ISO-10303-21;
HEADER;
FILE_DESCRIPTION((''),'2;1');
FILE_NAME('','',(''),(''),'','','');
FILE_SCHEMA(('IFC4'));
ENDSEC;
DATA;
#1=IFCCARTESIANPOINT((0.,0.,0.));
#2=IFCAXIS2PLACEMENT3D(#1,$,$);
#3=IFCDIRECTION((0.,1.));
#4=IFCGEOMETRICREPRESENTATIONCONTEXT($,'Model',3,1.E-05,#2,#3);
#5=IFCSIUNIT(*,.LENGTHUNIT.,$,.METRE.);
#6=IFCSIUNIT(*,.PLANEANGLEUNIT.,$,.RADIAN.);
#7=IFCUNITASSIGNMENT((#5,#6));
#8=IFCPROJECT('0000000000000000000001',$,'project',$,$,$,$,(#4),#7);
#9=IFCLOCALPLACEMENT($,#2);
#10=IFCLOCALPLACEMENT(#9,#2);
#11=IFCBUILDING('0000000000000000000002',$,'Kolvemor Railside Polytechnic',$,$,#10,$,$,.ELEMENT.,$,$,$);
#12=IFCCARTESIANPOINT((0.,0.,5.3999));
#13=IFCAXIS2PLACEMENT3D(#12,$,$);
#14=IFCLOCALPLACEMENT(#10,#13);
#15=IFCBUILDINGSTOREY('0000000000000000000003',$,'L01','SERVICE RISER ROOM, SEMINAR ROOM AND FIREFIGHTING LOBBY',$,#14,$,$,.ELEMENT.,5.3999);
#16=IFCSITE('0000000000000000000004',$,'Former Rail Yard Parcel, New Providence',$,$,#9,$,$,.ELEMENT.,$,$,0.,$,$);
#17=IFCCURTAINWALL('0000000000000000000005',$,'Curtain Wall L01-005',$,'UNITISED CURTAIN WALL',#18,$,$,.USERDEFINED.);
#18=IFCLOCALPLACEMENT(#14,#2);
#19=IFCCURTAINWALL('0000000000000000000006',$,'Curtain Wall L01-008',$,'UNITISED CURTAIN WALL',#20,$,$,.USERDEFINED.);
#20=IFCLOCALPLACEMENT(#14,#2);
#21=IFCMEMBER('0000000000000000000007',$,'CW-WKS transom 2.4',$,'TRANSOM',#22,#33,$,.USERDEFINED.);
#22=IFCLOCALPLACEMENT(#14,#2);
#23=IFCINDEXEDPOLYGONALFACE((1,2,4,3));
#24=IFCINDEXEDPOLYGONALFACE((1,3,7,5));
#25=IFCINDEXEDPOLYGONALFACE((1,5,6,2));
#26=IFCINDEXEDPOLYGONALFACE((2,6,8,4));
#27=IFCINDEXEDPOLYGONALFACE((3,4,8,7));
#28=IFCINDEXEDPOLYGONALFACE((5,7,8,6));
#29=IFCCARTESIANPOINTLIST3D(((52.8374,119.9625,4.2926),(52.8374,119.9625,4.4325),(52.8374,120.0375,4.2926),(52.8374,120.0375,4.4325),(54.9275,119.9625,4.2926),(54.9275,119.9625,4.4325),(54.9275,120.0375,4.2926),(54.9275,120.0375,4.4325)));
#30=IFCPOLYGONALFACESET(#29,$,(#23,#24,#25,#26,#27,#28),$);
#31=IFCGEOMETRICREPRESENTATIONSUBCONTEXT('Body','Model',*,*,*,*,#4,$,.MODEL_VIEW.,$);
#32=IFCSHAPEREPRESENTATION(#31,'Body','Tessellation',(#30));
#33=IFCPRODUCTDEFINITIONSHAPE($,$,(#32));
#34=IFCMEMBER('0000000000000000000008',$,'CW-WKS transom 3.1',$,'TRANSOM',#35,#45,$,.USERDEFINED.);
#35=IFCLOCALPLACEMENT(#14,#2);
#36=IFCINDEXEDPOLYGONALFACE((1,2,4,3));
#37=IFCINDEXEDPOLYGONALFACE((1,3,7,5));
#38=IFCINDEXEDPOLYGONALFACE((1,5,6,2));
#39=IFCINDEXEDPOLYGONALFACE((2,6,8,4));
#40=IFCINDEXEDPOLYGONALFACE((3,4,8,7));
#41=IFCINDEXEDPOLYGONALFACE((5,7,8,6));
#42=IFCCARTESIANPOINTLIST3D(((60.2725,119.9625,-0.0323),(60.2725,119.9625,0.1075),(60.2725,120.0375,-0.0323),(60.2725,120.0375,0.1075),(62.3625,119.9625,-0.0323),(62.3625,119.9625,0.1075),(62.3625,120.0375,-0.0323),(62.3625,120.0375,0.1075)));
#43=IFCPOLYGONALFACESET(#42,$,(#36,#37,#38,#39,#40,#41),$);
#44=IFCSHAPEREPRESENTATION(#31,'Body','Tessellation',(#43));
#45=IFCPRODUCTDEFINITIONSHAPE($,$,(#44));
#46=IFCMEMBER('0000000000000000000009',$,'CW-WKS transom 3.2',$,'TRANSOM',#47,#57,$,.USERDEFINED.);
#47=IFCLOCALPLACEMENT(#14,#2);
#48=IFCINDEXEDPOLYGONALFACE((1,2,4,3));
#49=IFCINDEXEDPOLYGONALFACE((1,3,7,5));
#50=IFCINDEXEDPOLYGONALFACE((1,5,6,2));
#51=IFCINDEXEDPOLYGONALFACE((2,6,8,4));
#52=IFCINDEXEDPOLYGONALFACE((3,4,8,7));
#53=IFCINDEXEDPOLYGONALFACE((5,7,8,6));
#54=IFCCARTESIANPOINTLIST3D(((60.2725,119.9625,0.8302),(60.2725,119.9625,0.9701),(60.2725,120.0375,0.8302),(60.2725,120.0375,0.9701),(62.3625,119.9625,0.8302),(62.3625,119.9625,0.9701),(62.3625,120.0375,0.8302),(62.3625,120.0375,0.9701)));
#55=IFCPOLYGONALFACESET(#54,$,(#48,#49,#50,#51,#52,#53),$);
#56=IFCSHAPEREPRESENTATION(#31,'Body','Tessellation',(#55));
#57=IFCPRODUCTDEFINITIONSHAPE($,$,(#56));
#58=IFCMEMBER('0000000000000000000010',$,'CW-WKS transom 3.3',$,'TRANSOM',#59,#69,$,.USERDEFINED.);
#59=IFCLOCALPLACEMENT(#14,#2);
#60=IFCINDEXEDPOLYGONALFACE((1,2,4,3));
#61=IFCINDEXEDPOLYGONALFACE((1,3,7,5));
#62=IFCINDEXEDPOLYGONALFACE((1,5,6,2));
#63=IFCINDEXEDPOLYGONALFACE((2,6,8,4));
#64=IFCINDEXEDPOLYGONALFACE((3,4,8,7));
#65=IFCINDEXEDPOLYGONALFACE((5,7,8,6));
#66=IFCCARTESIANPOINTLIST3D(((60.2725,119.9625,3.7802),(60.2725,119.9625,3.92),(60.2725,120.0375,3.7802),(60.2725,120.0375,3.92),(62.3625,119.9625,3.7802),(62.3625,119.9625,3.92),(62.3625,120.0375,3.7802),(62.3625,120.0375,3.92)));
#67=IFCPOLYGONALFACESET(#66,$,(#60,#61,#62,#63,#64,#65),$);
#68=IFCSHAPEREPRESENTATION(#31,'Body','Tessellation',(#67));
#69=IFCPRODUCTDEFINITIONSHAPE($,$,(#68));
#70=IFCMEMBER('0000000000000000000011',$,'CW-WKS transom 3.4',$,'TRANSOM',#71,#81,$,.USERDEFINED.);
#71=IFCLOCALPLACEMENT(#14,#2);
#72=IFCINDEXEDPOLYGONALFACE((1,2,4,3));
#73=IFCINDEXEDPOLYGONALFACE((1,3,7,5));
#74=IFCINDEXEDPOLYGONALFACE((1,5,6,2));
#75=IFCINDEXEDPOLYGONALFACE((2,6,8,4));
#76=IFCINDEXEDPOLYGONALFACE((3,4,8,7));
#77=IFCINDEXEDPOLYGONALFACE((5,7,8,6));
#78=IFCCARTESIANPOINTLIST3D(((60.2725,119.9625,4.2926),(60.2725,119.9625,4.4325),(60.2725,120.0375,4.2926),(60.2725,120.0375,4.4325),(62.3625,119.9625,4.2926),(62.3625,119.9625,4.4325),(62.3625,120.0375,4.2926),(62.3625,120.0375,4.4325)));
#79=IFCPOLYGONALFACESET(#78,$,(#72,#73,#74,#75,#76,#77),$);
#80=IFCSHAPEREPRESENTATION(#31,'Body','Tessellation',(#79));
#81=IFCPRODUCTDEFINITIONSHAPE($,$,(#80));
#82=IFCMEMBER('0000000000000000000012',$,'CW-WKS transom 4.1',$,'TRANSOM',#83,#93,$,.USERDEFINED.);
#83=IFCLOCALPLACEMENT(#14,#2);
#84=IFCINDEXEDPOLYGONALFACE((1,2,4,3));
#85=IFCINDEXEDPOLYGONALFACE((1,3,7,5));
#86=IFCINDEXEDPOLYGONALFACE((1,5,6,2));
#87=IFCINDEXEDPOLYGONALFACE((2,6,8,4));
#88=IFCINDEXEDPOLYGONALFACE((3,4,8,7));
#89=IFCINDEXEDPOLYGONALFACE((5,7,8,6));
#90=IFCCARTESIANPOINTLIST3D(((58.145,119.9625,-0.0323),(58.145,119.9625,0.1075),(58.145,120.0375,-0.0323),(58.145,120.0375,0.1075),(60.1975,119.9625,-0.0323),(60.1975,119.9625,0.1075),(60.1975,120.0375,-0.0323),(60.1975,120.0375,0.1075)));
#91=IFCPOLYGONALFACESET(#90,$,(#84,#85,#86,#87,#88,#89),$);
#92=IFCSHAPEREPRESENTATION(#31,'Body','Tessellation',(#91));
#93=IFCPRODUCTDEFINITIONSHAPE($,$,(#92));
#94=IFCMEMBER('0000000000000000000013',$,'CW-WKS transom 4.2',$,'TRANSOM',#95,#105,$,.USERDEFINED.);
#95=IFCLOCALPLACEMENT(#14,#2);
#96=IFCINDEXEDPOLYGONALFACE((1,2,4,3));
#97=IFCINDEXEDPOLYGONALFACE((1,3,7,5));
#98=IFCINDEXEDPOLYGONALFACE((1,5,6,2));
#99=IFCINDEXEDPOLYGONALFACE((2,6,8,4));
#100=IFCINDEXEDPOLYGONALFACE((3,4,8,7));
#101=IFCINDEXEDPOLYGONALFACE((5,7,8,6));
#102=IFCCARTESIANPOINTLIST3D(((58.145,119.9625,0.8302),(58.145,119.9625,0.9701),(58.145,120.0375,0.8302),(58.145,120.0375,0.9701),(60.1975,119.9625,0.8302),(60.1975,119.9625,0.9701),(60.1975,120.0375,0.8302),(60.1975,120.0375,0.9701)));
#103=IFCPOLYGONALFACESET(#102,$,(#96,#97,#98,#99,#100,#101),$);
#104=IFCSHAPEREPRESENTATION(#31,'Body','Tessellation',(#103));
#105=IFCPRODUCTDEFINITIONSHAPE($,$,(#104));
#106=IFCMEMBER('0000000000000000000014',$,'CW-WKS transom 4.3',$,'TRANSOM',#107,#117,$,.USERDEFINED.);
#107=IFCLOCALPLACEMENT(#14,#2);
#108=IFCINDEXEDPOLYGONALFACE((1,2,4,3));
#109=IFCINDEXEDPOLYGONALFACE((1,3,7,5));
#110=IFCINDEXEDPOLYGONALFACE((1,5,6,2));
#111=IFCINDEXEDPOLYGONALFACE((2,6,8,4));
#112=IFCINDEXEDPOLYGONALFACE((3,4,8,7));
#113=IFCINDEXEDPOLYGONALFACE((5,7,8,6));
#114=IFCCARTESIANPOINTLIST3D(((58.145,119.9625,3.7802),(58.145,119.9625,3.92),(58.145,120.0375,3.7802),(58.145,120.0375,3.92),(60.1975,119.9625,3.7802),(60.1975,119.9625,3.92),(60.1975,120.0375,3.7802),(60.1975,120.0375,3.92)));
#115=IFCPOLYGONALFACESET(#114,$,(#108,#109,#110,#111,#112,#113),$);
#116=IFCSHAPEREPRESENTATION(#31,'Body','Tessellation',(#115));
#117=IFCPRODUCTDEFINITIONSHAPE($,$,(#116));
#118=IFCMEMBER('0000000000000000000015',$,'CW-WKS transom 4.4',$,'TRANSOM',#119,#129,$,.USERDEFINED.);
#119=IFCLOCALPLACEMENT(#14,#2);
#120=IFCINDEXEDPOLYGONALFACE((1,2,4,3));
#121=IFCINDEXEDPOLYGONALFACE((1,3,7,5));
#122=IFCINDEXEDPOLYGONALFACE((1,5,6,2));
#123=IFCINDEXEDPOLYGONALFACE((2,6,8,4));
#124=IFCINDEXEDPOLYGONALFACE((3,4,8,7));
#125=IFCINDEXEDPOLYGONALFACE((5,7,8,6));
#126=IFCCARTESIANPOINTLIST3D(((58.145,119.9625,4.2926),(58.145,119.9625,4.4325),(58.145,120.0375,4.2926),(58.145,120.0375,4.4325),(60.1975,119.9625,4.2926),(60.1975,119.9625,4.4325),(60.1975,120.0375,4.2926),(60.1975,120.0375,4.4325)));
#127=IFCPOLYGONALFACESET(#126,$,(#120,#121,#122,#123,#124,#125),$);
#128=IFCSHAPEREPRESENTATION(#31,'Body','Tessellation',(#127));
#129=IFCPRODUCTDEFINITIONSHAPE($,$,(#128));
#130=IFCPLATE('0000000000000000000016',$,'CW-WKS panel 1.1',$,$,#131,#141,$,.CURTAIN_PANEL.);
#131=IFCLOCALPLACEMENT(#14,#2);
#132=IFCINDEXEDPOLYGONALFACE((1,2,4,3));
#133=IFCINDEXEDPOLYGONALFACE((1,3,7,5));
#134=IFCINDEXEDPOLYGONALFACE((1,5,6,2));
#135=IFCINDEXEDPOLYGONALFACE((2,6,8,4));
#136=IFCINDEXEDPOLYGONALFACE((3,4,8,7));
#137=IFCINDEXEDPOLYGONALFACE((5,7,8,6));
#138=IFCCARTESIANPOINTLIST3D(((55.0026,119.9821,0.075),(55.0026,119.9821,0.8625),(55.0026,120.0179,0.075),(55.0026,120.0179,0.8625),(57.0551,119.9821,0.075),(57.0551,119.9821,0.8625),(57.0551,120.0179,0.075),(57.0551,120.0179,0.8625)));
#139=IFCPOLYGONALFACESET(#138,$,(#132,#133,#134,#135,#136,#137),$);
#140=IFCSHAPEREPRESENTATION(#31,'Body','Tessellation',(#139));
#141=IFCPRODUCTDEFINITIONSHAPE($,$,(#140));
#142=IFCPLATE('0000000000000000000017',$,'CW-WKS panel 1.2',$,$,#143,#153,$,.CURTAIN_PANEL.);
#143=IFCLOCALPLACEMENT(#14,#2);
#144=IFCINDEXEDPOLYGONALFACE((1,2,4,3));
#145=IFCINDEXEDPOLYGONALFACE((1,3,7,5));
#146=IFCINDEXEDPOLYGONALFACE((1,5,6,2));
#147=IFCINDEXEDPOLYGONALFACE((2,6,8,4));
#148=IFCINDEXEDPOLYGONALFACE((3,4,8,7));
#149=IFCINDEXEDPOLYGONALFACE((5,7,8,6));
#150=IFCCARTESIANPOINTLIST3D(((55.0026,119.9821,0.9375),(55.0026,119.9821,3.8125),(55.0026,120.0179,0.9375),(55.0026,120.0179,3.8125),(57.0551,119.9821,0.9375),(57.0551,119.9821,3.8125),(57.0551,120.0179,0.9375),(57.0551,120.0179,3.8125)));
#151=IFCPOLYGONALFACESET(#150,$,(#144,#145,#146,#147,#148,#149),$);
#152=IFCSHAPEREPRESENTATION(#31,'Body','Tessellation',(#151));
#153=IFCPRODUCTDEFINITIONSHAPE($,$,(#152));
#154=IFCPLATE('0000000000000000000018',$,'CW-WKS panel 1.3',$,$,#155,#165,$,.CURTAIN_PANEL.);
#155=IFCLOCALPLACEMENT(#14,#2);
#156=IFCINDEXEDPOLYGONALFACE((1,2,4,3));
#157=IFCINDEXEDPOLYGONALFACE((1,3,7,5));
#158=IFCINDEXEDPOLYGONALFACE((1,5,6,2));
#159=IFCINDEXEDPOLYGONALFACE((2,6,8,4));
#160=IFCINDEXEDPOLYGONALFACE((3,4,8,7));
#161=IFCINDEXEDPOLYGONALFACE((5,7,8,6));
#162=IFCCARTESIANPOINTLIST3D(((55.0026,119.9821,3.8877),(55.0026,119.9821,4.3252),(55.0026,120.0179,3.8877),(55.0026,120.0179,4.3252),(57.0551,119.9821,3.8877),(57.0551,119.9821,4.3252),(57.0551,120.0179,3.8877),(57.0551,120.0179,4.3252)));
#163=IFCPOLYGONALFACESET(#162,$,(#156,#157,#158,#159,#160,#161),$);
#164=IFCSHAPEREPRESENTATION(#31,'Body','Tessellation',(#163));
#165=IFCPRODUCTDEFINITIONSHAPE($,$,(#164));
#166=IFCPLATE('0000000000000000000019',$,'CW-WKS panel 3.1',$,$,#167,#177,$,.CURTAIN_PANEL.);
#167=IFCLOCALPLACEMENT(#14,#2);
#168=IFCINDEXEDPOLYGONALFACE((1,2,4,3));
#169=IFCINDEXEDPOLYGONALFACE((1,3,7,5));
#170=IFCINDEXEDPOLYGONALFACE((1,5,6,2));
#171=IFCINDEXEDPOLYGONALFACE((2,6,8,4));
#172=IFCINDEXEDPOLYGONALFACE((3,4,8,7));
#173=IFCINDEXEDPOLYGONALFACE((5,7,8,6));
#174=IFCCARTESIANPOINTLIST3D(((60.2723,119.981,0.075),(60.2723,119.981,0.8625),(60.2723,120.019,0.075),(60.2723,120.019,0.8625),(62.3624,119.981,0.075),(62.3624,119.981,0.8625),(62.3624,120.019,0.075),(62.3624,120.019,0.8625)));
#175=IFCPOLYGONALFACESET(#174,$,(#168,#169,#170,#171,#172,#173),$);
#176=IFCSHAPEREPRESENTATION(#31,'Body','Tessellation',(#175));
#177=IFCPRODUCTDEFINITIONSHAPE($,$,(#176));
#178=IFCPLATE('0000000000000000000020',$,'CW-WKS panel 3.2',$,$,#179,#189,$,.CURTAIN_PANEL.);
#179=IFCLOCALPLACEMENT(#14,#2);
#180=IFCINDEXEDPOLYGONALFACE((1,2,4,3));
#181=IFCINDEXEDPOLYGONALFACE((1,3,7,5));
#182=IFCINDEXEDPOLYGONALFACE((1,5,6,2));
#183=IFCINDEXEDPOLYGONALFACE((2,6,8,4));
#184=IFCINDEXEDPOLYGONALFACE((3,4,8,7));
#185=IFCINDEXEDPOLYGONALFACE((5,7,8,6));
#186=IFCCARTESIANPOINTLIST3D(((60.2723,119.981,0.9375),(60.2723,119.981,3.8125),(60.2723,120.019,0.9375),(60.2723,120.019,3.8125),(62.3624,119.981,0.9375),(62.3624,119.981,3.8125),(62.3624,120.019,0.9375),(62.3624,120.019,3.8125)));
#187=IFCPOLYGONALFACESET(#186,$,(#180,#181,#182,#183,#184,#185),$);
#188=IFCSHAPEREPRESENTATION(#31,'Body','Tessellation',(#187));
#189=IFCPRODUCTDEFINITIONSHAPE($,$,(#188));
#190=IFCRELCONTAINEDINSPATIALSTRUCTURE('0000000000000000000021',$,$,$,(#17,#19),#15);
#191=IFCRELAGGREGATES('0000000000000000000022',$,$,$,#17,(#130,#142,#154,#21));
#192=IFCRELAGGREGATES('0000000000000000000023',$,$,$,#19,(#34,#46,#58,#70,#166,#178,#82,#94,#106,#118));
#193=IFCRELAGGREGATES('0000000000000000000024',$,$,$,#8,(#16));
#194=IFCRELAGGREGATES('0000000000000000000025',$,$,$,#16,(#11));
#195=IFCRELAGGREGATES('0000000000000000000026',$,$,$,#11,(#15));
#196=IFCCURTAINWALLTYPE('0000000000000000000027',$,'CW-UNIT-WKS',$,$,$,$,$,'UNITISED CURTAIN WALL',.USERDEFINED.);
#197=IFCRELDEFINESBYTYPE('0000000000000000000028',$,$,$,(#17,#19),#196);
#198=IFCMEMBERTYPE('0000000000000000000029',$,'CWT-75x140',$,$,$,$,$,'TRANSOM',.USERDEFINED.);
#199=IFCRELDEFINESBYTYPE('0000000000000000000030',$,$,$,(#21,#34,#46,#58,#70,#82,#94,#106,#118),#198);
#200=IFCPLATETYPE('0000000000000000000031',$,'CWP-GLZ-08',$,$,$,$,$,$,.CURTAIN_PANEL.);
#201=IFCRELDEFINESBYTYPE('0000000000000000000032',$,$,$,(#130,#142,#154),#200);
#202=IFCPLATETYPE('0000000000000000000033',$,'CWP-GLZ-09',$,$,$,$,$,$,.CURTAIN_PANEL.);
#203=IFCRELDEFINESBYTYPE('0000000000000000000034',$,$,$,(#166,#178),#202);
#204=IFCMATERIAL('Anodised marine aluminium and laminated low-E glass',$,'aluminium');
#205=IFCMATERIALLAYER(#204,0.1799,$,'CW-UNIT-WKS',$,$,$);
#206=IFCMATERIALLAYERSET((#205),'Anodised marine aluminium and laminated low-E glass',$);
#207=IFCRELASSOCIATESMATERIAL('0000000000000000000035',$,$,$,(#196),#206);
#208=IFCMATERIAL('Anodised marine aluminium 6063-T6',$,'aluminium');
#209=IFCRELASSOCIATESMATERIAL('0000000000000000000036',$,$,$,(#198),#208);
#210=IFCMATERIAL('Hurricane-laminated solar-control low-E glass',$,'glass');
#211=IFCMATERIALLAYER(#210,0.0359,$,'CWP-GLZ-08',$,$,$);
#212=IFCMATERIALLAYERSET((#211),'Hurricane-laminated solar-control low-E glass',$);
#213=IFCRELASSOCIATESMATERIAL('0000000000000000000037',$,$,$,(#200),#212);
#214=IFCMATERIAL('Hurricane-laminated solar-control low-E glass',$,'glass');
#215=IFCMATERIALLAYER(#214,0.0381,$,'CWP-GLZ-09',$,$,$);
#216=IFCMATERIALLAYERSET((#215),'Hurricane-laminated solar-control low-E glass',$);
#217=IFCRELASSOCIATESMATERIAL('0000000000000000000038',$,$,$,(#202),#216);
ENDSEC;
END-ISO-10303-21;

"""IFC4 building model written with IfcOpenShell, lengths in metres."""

from ifc_helpers import new_model, si_unit, direction, frame, origin, origin_2d, place, context, subcontext, project, spatial, rectangle, extrude, material, layer, layer_set, material_profile, profile_set, type_object, element, aggregate, save


model = new_model("IFC4")

# Units and contexts
model_context = context("Model", 3, precision=1e-05, world=origin(), true_north=direction((0.0, 1.0)))
body_context = subcontext(model_context, "Body", "Model", "MODEL_VIEW")
ifc_project = project(units=[si_unit("LENGTHUNIT", "METRE"), si_unit("PLANEANGLEUNIT", "RADIAN")], contexts=[model_context])

# Site, building, storey
site_placement = place(None, origin())
site = spatial("IfcSite", under=ifc_project, at=site_placement, Name="Former Rail Yard Parcel, New Providence", CompositionType="ELEMENT", RefElevation=0.0)
building_placement = place(site_placement, origin())
building = spatial("IfcBuilding", under=site, at=building_placement, Name="Kolvemor Railside Polytechnic", CompositionType="ELEMENT")
storey_placement = place(building_placement, frame((0.0, 0.0, 5.3999)))
storey = spatial("IfcBuildingStorey", under=building, at=storey_placement, Name="L01", Description="SERVICE RISER ROOM, SEMINAR ROOM AND FIREFIGHTING LOBBY", CompositionType="ELEMENT", Elevation=5.3999)

# Curtain walls
ifc_material_1 = material(Name="Anodised marine aluminium and laminated low-E glass", Category="aluminium")
ifc_layer_1 = layer(ifc_material_1, 0.1799, Name="CW-UNIT-WKS")
ifc_layer_set_1 = layer_set([ifc_layer_1], Name="Anodised marine aluminium and laminated low-E glass")
curtain_wall_type = type_object("IfcCurtainWallType", Name="CW-UNIT-WKS", ElementType="UNITISED CURTAIN WALL", PredefinedType="USERDEFINED", material=ifc_layer_set_1)
curtain_wall_1_placement = place(storey_placement, origin())
curtain_wall_1 = element("IfcCurtainWall", 1, at=curtain_wall_1_placement, inside=storey, type_object=curtain_wall_type, Name="Curtain Wall L01-005", ObjectType="UNITISED CURTAIN WALL", PredefinedType="USERDEFINED")
curtain_wall_2_placement = place(storey_placement, origin())
curtain_wall_2 = element("IfcCurtainWall", 2, at=curtain_wall_2_placement, inside=storey, type_object=curtain_wall_type, Name="Curtain Wall L01-008", ObjectType="UNITISED CURTAIN WALL", PredefinedType="USERDEFINED")

# Members
ifc_material_2 = material(Name="Anodised marine aluminium 6063-T6", Category="aluminium")
ifc_material_profile_1 = material_profile(ifc_material_2, rectangle(XDim=0.075, YDim=0.1399, at=origin_2d()), Name="CW-TRN-75x140")
ifc_profile_set_1 = profile_set([ifc_material_profile_1], Name="Anodised marine aluminium 6063-T6")
member_type_1 = type_object("IfcMemberType", Name="CWT-75x140", ElementType="TRANSOM", PredefinedType="USERDEFINED", material=ifc_profile_set_1)
member_1_placement = place(storey_placement, frame((54.9275, 120.0, 4.3625), z_axis=(-1.0, 0.0, 0.0), x_axis=(0.0, -1.0, 0.0)))
member_1 = element("IfcMember", 3, at=member_1_placement, type_object=member_type_1, Name="CW-WKS transom 2.4", ObjectType="TRANSOM", PredefinedType="USERDEFINED", context=body_context, shape_type="SweptSolid", body=[
    extrude(rectangle(XDim=0.075, YDim=0.1399, at=origin_2d()), origin(), (0.0, 0.0, 1.0), 2.0901),
])
member_2_placement = place(storey_placement, frame((62.3625, 120.0, 0.0376), z_axis=(-1.0, 0.0, 0.0), x_axis=(0.0, -1.0, 0.0)))
member_2 = element("IfcMember", 4, at=member_2_placement, type_object=member_type_1, Name="CW-WKS transom 3.1", ObjectType="TRANSOM", PredefinedType="USERDEFINED", context=body_context, shape_type="SweptSolid", body=[
    extrude(rectangle(XDim=0.075, YDim=0.1399, at=origin_2d()), origin(), (0.0, 0.0, 1.0), 2.0901),
])
member_3_placement = place(storey_placement, frame((62.3625, 120.0, 0.9001), z_axis=(-1.0, 0.0, 0.0), x_axis=(0.0, -1.0, 0.0)))
member_3 = element("IfcMember", 5, at=member_3_placement, type_object=member_type_1, Name="CW-WKS transom 3.2", ObjectType="TRANSOM", PredefinedType="USERDEFINED", context=body_context, shape_type="SweptSolid", body=[
    extrude(rectangle(XDim=0.075, YDim=0.1399, at=origin_2d()), origin(), (0.0, 0.0, 1.0), 2.0901),
])
member_4_placement = place(storey_placement, frame((62.3625, 120.0, 3.8501), z_axis=(-1.0, 0.0, 0.0), x_axis=(0.0, -1.0, 0.0)))
member_4 = element("IfcMember", 6, at=member_4_placement, type_object=member_type_1, Name="CW-WKS transom 3.3", ObjectType="TRANSOM", PredefinedType="USERDEFINED", context=body_context, shape_type="SweptSolid", body=[
    extrude(rectangle(XDim=0.075, YDim=0.1399, at=origin_2d()), origin(), (0.0, 0.0, 1.0), 2.0901),
])
member_5_placement = place(storey_placement, frame((62.3625, 120.0, 4.3625), z_axis=(-1.0, 0.0, 0.0), x_axis=(0.0, -1.0, 0.0)))
member_5 = element("IfcMember", 7, at=member_5_placement, type_object=member_type_1, Name="CW-WKS transom 3.4", ObjectType="TRANSOM", PredefinedType="USERDEFINED", context=body_context, shape_type="SweptSolid", body=[
    extrude(rectangle(XDim=0.075, YDim=0.1399, at=origin_2d()), origin(), (0.0, 0.0, 1.0), 2.0901),
])
member_6_placement = place(storey_placement, frame((60.1975, 120.0, 0.0376), z_axis=(-1.0, 0.0, 0.0), x_axis=(0.0, -1.0, 0.0)))
member_6 = element("IfcMember", 8, at=member_6_placement, type_object=member_type_1, Name="CW-WKS transom 4.1", ObjectType="TRANSOM", PredefinedType="USERDEFINED", context=body_context, shape_type="SweptSolid", body=[
    extrude(rectangle(XDim=0.075, YDim=0.1399, at=origin_2d()), origin(), (0.0, 0.0, 1.0), 2.0525),
])
member_7_placement = place(storey_placement, frame((60.1975, 120.0, 0.9001), z_axis=(-1.0, 0.0, 0.0), x_axis=(0.0, -1.0, 0.0)))
member_7 = element("IfcMember", 9, at=member_7_placement, type_object=member_type_1, Name="CW-WKS transom 4.2", ObjectType="TRANSOM", PredefinedType="USERDEFINED", context=body_context, shape_type="SweptSolid", body=[
    extrude(rectangle(XDim=0.075, YDim=0.1399, at=origin_2d()), origin(), (0.0, 0.0, 1.0), 2.0525),
])
member_8_placement = place(storey_placement, frame((60.1975, 120.0, 3.8501), z_axis=(-1.0, 0.0, 0.0), x_axis=(0.0, -1.0, 0.0)))
member_8 = element("IfcMember", 10, at=member_8_placement, type_object=member_type_1, Name="CW-WKS transom 4.3", ObjectType="TRANSOM", PredefinedType="USERDEFINED", context=body_context, shape_type="SweptSolid", body=[
    extrude(rectangle(XDim=0.075, YDim=0.1399, at=origin_2d()), origin(), (0.0, 0.0, 1.0), 2.0525),
])
member_9_placement = place(storey_placement, frame((60.1975, 120.0, 4.3625), z_axis=(-1.0, 0.0, 0.0), x_axis=(0.0, -1.0, 0.0)))
member_9 = element("IfcMember", 11, at=member_9_placement, type_object=member_type_1, Name="CW-WKS transom 4.4", ObjectType="TRANSOM", PredefinedType="USERDEFINED", context=body_context, shape_type="SweptSolid", body=[
    extrude(rectangle(XDim=0.075, YDim=0.1399, at=origin_2d()), origin(), (0.0, 0.0, 1.0), 2.0525),
])

# Plates
ifc_material_3 = material(Name="Hurricane-laminated solar-control low-E glass", Category="glass")
ifc_layer_2 = layer(ifc_material_3, 0.0359, Name="CWP-GLZ-08")
ifc_layer_set_2 = layer_set([ifc_layer_2], Name="Hurricane-laminated solar-control low-E glass")
plate_type_1 = type_object("IfcPlateType", Name="CWP-GLZ-08", PredefinedType="CURTAIN_PANEL", material=ifc_layer_set_2)
plate_1_placement = place(storey_placement, frame((56.0288, 120.0, 0.075), z_axis=(0.0, 0.0, 1.0), x_axis=(-1.0, 0.0, 0.0)))
plate_1 = element("IfcPlate", 12, at=plate_1_placement, type_object=plate_type_1, Name="CW-WKS panel 1.1", PredefinedType="CURTAIN_PANEL", context=body_context, shape_type="SweptSolid", body=[
    extrude(rectangle(XDim=2.0525, YDim=0.0359, at=origin_2d()), origin(), (0.0, 0.0, 1.0), 0.7876),
])
plate_2_placement = place(storey_placement, frame((56.0288, 120.0, 0.9375), z_axis=(0.0, 0.0, 1.0), x_axis=(-1.0, 0.0, 0.0)))
plate_2 = element("IfcPlate", 13, at=plate_2_placement, type_object=plate_type_1, Name="CW-WKS panel 1.2", PredefinedType="CURTAIN_PANEL", context=body_context, shape_type="SweptSolid", body=[
    extrude(rectangle(XDim=2.0525, YDim=0.0359, at=origin_2d()), origin(), (0.0, 0.0, 1.0), 2.875),
])
plate_3_placement = place(storey_placement, frame((56.0288, 120.0, 3.8877), z_axis=(0.0, 0.0, 1.0), x_axis=(-1.0, 0.0, 0.0)))
plate_3 = element("IfcPlate", 14, at=plate_3_placement, type_object=plate_type_1, Name="CW-WKS panel 1.3", PredefinedType="CURTAIN_PANEL", context=body_context, shape_type="SweptSolid", body=[
    extrude(rectangle(XDim=2.0525, YDim=0.0359, at=origin_2d()), origin(), (0.0, 0.0, 1.0), 0.4375),
])
aggregate(curtain_wall_1, [plate_1, plate_2, plate_3, member_1])
ifc_material_4 = material(Name="Hurricane-laminated solar-control low-E glass", Category="glass")
ifc_layer_3 = layer(ifc_material_4, 0.0381, Name="CWP-GLZ-09")
ifc_layer_set_3 = layer_set([ifc_layer_3], Name="Hurricane-laminated solar-control low-E glass")
plate_type_2 = type_object("IfcPlateType", Name="CWP-GLZ-09", PredefinedType="CURTAIN_PANEL", material=ifc_layer_set_3)
plate_4_placement = place(storey_placement, frame((61.3174, 120.0, 0.075), z_axis=(0.0, 0.0, 1.0), x_axis=(-1.0, 0.0, 0.0)))
plate_4 = element("IfcPlate", 15, at=plate_4_placement, type_object=plate_type_2, Name="CW-WKS panel 3.1", PredefinedType="CURTAIN_PANEL", context=body_context, shape_type="SweptSolid", body=[
    extrude(rectangle(XDim=2.0901, YDim=0.0381, at=origin_2d()), origin(), (0.0, 0.0, 1.0), 0.7876),
])
plate_5_placement = place(storey_placement, frame((61.3174, 120.0, 0.9375), z_axis=(0.0, 0.0, 1.0), x_axis=(-1.0, 0.0, 0.0)))
plate_5 = element("IfcPlate", 16, at=plate_5_placement, type_object=plate_type_2, Name="CW-WKS panel 3.2", PredefinedType="CURTAIN_PANEL", context=body_context, shape_type="SweptSolid", body=[
    extrude(rectangle(XDim=2.0901, YDim=0.0381, at=origin_2d()), origin(), (0.0, 0.0, 1.0), 2.875),
])
aggregate(curtain_wall_2, [member_2, member_3, member_4, member_5, plate_4, plate_5, member_6, member_7, member_8, member_9])

save(model, "model.ifc")
